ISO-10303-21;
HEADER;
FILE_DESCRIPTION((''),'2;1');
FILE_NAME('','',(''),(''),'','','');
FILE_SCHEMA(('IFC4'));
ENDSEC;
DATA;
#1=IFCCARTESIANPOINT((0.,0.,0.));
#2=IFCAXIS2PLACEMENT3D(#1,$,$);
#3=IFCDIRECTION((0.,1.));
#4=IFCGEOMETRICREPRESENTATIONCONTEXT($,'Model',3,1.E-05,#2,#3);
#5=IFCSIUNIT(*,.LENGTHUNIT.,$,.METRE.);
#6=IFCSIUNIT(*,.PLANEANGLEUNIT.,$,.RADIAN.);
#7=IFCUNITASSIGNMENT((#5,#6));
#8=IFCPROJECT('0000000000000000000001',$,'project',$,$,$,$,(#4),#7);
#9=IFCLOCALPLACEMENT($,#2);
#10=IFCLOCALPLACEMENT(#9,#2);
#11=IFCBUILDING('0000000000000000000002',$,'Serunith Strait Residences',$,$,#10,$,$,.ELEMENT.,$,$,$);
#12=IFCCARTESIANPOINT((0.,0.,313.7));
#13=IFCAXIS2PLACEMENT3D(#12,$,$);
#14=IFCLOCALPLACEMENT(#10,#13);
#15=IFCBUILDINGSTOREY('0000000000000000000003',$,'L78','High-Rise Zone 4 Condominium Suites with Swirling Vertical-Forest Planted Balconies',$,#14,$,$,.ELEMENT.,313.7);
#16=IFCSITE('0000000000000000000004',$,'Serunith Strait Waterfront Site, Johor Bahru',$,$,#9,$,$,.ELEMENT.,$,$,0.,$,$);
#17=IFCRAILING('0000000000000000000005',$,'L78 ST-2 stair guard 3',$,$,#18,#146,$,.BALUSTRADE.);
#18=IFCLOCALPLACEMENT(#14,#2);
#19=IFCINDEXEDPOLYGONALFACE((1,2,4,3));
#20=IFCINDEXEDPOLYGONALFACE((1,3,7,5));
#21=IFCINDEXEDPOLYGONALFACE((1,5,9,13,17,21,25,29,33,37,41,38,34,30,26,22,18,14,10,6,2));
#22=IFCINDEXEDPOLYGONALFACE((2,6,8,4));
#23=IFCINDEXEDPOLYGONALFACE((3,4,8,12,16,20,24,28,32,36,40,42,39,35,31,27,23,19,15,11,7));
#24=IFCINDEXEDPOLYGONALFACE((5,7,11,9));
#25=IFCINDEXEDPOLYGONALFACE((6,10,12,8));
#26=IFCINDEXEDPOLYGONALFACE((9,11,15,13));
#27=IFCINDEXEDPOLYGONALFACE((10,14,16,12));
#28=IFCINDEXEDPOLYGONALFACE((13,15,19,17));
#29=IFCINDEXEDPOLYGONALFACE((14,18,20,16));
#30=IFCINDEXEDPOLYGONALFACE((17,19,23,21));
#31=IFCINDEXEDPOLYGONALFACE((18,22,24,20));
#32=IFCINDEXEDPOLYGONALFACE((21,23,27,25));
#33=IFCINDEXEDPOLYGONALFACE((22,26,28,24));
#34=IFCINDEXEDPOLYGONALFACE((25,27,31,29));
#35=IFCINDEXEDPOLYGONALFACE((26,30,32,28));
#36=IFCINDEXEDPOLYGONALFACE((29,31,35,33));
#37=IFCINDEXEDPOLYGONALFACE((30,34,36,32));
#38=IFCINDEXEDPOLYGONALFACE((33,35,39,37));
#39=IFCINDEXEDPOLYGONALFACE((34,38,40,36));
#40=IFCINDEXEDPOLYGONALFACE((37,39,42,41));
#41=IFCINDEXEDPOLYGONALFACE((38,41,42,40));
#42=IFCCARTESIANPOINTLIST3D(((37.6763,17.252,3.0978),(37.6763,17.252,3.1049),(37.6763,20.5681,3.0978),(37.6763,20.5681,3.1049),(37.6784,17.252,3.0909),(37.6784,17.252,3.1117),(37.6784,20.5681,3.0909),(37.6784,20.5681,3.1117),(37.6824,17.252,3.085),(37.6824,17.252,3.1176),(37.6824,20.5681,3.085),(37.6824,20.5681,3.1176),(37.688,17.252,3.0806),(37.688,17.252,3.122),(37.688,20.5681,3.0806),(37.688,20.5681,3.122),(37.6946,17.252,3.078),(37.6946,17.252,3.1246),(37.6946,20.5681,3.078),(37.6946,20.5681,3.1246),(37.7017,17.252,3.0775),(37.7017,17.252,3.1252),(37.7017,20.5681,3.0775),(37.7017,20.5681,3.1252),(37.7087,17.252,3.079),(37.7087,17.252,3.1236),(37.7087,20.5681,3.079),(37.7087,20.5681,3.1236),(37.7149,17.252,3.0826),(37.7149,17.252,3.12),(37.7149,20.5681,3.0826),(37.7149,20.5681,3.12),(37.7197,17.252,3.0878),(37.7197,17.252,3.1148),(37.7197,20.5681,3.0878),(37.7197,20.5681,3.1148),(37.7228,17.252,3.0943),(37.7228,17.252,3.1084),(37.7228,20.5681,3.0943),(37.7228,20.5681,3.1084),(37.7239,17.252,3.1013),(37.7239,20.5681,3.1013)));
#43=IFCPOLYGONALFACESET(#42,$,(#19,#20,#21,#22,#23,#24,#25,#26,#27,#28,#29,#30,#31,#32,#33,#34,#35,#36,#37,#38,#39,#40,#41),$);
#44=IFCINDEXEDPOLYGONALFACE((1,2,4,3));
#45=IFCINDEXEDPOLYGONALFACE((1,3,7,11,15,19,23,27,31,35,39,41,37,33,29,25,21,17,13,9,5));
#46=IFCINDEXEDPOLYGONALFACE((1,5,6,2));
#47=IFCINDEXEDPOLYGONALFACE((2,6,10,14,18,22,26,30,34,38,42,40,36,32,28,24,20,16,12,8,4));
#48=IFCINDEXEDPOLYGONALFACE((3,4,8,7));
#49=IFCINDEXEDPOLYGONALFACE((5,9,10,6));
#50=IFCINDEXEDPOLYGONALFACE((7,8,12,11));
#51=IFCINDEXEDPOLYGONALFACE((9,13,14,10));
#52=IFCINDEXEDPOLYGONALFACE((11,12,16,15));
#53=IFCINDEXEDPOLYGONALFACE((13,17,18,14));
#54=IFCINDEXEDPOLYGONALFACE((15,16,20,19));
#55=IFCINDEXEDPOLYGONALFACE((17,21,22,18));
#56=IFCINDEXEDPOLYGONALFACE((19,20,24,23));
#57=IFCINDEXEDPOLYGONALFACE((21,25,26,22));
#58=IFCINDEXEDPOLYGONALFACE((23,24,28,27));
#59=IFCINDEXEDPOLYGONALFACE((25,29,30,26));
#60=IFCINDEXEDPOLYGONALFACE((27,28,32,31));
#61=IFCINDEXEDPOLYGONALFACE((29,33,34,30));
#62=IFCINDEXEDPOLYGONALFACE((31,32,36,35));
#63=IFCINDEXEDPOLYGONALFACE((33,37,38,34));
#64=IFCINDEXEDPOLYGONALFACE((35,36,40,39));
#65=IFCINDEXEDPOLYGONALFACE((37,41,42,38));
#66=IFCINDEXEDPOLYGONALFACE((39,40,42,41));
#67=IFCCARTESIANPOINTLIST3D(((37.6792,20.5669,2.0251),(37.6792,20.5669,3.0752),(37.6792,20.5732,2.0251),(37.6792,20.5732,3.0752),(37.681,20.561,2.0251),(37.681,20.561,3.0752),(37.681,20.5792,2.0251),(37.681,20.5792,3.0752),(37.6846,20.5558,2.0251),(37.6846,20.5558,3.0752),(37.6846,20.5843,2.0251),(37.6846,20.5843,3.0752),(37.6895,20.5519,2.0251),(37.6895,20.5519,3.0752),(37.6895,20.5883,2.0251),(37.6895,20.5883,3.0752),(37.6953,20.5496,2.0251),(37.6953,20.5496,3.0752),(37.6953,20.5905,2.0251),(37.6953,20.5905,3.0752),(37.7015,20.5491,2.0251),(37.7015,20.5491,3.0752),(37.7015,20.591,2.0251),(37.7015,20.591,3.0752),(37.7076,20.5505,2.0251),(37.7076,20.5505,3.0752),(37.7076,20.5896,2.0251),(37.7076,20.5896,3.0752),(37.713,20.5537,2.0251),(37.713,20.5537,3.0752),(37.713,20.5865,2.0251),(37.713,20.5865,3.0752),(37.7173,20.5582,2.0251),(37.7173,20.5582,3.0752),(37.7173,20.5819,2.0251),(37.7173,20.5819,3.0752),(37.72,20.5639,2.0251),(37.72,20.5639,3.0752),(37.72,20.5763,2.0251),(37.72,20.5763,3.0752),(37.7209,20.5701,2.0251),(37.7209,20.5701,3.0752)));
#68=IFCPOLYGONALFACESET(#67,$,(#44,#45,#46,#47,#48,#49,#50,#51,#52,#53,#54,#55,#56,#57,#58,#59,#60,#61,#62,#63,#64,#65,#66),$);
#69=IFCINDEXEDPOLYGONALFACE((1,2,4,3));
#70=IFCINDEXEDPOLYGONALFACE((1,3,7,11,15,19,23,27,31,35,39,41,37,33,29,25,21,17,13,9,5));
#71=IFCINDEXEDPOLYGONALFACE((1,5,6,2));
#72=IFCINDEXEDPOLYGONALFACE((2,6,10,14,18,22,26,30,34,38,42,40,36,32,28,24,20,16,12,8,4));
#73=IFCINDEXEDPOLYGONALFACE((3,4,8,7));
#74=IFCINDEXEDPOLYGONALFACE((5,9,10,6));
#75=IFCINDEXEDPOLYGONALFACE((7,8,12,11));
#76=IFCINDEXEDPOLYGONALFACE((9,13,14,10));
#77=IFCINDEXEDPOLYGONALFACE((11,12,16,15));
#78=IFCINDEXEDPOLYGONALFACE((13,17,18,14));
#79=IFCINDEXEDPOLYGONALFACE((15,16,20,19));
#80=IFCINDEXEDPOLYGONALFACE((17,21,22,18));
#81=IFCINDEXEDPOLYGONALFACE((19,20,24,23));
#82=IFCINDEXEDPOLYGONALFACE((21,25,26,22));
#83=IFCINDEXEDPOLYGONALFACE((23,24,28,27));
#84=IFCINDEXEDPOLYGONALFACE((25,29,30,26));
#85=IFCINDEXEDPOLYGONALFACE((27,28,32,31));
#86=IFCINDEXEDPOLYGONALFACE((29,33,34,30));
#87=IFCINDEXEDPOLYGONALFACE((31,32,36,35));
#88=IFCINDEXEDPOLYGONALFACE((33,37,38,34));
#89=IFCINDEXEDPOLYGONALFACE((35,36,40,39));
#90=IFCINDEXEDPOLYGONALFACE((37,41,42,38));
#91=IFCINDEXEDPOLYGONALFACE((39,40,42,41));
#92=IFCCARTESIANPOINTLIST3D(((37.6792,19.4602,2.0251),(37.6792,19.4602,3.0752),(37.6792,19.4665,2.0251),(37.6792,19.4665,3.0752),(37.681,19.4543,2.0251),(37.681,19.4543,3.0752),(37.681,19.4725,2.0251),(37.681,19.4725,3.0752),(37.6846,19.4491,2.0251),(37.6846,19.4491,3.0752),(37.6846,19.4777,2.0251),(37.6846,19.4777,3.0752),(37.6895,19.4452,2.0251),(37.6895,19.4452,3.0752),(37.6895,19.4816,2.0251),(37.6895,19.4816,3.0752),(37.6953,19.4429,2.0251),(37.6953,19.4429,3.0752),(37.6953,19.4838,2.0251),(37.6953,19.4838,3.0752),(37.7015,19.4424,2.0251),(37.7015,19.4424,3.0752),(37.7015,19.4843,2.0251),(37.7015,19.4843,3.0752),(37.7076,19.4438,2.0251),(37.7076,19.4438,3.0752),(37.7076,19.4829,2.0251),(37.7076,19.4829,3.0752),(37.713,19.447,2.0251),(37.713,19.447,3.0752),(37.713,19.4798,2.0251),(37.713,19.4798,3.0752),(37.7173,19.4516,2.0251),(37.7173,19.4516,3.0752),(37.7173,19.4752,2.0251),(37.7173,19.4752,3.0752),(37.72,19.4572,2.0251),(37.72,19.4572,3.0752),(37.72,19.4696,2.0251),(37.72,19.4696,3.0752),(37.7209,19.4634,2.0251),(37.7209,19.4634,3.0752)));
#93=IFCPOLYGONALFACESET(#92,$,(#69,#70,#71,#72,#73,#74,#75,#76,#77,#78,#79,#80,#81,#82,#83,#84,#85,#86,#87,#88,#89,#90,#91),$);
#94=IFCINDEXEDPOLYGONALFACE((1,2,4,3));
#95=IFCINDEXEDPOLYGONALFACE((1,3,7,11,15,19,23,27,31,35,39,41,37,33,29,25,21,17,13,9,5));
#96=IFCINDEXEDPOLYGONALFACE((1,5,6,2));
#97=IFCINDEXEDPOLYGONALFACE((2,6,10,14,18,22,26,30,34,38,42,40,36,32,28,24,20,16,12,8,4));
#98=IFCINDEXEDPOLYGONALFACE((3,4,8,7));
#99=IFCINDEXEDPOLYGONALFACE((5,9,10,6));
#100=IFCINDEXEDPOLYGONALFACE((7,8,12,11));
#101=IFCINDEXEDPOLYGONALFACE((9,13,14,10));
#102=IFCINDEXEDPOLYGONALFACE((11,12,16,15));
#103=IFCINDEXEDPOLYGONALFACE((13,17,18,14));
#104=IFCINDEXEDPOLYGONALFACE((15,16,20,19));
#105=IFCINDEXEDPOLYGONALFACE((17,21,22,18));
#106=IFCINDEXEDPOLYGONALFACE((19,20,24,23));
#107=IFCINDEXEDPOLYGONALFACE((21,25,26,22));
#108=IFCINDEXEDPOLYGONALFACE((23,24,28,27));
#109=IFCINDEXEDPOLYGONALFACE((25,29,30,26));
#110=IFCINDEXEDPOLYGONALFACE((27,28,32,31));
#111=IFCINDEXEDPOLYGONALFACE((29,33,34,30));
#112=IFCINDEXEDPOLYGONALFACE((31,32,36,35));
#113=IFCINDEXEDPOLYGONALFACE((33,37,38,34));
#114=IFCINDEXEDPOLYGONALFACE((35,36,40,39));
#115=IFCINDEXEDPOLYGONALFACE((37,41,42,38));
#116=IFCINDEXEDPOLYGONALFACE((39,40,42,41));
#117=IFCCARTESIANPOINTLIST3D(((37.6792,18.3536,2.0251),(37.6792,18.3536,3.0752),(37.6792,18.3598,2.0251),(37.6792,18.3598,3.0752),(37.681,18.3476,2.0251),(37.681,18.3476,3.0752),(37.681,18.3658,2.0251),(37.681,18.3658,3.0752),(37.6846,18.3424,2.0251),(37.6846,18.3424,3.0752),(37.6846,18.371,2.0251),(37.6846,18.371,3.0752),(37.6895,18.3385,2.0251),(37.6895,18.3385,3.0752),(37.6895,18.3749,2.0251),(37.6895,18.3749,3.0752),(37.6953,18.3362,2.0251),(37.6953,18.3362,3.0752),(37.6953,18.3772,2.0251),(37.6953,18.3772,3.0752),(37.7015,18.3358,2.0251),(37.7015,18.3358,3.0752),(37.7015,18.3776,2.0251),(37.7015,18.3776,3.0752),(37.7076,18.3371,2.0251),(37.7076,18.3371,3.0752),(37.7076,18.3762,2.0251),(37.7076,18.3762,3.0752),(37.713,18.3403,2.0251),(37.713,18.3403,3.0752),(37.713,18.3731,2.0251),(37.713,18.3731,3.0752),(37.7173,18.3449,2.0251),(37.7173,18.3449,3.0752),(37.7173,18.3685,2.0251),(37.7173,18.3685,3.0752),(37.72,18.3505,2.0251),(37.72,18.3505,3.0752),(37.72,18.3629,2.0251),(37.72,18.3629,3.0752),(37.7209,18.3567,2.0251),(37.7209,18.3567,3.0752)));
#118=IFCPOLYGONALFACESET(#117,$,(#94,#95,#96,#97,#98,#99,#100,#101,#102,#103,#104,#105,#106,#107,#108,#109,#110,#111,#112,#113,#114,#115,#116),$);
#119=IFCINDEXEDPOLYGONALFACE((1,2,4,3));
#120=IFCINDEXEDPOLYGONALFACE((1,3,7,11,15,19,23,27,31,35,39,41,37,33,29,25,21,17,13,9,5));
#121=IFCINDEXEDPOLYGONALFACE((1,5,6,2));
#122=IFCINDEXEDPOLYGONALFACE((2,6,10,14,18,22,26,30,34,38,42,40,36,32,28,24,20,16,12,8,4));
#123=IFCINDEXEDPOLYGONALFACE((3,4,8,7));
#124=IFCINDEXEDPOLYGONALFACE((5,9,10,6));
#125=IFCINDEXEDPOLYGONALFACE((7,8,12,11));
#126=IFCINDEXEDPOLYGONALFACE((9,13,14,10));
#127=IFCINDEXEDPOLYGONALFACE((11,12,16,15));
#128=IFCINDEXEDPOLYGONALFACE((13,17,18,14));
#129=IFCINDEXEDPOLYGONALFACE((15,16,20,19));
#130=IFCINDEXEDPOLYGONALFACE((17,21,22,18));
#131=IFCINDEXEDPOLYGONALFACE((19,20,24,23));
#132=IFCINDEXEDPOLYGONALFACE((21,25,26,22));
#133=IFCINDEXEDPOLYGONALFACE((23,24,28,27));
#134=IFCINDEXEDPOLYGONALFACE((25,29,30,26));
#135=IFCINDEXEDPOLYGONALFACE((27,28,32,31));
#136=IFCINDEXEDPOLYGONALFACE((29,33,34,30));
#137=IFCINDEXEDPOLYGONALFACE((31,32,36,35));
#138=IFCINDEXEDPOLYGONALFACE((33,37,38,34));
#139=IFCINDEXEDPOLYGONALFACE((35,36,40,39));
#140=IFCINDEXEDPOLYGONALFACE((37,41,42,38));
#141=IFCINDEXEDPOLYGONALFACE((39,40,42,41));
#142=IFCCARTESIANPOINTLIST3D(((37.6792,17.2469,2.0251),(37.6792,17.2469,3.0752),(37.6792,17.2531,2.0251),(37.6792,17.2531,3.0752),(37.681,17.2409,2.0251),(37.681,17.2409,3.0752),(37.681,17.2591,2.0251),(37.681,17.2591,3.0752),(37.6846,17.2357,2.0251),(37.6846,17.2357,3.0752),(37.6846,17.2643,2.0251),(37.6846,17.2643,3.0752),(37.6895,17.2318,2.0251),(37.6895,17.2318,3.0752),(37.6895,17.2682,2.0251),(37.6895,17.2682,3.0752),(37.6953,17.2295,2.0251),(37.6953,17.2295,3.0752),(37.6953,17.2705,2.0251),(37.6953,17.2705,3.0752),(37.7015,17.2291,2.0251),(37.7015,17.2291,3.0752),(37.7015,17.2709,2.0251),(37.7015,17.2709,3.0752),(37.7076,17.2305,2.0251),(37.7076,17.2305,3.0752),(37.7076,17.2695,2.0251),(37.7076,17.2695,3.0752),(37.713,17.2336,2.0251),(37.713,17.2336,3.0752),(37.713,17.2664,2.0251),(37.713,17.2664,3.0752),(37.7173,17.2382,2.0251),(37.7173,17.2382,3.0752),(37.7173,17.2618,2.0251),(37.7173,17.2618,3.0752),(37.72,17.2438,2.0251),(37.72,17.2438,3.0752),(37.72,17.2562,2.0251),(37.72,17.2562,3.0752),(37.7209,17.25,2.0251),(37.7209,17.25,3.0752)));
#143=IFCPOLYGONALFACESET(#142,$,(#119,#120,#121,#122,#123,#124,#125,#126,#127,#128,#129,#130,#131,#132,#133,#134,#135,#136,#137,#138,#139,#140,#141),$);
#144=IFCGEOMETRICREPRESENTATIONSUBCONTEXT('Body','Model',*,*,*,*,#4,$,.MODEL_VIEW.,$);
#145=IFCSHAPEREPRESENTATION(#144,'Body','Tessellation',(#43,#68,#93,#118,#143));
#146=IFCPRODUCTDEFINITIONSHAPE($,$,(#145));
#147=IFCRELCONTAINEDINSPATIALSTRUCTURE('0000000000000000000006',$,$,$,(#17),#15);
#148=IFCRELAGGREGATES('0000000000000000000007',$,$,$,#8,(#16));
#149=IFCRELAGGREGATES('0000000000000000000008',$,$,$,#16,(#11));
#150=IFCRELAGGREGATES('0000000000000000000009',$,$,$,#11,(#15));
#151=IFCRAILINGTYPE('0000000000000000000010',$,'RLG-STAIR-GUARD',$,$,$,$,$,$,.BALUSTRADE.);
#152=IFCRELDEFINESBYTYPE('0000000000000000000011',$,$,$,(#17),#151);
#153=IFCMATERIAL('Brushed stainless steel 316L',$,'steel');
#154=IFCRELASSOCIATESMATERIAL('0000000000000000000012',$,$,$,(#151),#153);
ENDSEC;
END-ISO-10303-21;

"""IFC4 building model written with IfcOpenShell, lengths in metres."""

from ifc_helpers import new_model, si_unit, direction, frame, origin, origin_2d, place, context, subcontext, project, spatial, circle, extrude, material, type_object, element, save


model = new_model("IFC4")

# Units and contexts
model_context = context("Model", 3, precision=1e-05, world=origin(), true_north=direction((0.0, 1.0)))
body_context = subcontext(model_context, "Body", "Model", "MODEL_VIEW")
ifc_project = project(units=[si_unit("LENGTHUNIT", "METRE"), si_unit("PLANEANGLEUNIT", "RADIAN")], contexts=[model_context])

# Site, building, storey
site_placement = place(None, origin())
site = spatial("IfcSite", under=ifc_project, at=site_placement, Name="Serunith Strait Waterfront Site, Johor Bahru", CompositionType="ELEMENT", RefElevation=0.0)
building_placement = place(site_placement, origin())
building = spatial("IfcBuilding", under=site, at=building_placement, Name="Serunith Strait Residences", CompositionType="ELEMENT")
storey_placement = place(building_placement, frame((0.0, 0.0, 313.7)))
storey = spatial("IfcBuildingStorey", under=building, at=storey_placement, Name="L78", Description="High-Rise Zone 4 Condominium Suites with Swirling Vertical-Forest Planted Balconies", CompositionType="ELEMENT", Elevation=313.7)

# Railing
ifc_material_1 = material(Name="Brushed stainless steel 316L", Category="steel")
railing_type_1 = type_object("IfcRailingType", Name="RLG-STAIR-GUARD", PredefinedType="BALUSTRADE", material=ifc_material_1)
for number, where, name in (
    (1, (37.7, 20.5701, 2.0251), "L78 ST-2 stair guard 3"),
):
    element("IfcRailing", number, at=place(storey_placement, frame(where)), inside=storey, type_object=railing_type_1, Name=name, PredefinedType="BALUSTRADE", context=body_context, shape_type="SweptSolid", body=[
        extrude(circle(Radius=0.0239, at=origin_2d()), frame((0.0, -0.002, 1.0762), z_axis=(0.0, -1.0, 0.0), x_axis=(1.0, 0.0, 0.0)), (0.0, 0.0, 1.0), 3.3162),
        extrude(circle(Radius=0.021, at=origin_2d()), origin(), (0.0, 0.0, 1.0), 1.05),
        extrude(circle(Radius=0.021, at=origin_2d()), frame((0.0, -1.1067, 0.0)), (0.0, 0.0, 1.0), 1.05),
        extrude(circle(Radius=0.021, at=origin_2d()), frame((0.0, -2.2134, 0.0)), (0.0, 0.0, 1.0), 1.05),
        extrude(circle(Radius=0.021, at=origin_2d()), frame((0.0, -3.3201, 0.0)), (0.0, 0.0, 1.0), 1.05),
    ])

save(model, "model.ifc")
